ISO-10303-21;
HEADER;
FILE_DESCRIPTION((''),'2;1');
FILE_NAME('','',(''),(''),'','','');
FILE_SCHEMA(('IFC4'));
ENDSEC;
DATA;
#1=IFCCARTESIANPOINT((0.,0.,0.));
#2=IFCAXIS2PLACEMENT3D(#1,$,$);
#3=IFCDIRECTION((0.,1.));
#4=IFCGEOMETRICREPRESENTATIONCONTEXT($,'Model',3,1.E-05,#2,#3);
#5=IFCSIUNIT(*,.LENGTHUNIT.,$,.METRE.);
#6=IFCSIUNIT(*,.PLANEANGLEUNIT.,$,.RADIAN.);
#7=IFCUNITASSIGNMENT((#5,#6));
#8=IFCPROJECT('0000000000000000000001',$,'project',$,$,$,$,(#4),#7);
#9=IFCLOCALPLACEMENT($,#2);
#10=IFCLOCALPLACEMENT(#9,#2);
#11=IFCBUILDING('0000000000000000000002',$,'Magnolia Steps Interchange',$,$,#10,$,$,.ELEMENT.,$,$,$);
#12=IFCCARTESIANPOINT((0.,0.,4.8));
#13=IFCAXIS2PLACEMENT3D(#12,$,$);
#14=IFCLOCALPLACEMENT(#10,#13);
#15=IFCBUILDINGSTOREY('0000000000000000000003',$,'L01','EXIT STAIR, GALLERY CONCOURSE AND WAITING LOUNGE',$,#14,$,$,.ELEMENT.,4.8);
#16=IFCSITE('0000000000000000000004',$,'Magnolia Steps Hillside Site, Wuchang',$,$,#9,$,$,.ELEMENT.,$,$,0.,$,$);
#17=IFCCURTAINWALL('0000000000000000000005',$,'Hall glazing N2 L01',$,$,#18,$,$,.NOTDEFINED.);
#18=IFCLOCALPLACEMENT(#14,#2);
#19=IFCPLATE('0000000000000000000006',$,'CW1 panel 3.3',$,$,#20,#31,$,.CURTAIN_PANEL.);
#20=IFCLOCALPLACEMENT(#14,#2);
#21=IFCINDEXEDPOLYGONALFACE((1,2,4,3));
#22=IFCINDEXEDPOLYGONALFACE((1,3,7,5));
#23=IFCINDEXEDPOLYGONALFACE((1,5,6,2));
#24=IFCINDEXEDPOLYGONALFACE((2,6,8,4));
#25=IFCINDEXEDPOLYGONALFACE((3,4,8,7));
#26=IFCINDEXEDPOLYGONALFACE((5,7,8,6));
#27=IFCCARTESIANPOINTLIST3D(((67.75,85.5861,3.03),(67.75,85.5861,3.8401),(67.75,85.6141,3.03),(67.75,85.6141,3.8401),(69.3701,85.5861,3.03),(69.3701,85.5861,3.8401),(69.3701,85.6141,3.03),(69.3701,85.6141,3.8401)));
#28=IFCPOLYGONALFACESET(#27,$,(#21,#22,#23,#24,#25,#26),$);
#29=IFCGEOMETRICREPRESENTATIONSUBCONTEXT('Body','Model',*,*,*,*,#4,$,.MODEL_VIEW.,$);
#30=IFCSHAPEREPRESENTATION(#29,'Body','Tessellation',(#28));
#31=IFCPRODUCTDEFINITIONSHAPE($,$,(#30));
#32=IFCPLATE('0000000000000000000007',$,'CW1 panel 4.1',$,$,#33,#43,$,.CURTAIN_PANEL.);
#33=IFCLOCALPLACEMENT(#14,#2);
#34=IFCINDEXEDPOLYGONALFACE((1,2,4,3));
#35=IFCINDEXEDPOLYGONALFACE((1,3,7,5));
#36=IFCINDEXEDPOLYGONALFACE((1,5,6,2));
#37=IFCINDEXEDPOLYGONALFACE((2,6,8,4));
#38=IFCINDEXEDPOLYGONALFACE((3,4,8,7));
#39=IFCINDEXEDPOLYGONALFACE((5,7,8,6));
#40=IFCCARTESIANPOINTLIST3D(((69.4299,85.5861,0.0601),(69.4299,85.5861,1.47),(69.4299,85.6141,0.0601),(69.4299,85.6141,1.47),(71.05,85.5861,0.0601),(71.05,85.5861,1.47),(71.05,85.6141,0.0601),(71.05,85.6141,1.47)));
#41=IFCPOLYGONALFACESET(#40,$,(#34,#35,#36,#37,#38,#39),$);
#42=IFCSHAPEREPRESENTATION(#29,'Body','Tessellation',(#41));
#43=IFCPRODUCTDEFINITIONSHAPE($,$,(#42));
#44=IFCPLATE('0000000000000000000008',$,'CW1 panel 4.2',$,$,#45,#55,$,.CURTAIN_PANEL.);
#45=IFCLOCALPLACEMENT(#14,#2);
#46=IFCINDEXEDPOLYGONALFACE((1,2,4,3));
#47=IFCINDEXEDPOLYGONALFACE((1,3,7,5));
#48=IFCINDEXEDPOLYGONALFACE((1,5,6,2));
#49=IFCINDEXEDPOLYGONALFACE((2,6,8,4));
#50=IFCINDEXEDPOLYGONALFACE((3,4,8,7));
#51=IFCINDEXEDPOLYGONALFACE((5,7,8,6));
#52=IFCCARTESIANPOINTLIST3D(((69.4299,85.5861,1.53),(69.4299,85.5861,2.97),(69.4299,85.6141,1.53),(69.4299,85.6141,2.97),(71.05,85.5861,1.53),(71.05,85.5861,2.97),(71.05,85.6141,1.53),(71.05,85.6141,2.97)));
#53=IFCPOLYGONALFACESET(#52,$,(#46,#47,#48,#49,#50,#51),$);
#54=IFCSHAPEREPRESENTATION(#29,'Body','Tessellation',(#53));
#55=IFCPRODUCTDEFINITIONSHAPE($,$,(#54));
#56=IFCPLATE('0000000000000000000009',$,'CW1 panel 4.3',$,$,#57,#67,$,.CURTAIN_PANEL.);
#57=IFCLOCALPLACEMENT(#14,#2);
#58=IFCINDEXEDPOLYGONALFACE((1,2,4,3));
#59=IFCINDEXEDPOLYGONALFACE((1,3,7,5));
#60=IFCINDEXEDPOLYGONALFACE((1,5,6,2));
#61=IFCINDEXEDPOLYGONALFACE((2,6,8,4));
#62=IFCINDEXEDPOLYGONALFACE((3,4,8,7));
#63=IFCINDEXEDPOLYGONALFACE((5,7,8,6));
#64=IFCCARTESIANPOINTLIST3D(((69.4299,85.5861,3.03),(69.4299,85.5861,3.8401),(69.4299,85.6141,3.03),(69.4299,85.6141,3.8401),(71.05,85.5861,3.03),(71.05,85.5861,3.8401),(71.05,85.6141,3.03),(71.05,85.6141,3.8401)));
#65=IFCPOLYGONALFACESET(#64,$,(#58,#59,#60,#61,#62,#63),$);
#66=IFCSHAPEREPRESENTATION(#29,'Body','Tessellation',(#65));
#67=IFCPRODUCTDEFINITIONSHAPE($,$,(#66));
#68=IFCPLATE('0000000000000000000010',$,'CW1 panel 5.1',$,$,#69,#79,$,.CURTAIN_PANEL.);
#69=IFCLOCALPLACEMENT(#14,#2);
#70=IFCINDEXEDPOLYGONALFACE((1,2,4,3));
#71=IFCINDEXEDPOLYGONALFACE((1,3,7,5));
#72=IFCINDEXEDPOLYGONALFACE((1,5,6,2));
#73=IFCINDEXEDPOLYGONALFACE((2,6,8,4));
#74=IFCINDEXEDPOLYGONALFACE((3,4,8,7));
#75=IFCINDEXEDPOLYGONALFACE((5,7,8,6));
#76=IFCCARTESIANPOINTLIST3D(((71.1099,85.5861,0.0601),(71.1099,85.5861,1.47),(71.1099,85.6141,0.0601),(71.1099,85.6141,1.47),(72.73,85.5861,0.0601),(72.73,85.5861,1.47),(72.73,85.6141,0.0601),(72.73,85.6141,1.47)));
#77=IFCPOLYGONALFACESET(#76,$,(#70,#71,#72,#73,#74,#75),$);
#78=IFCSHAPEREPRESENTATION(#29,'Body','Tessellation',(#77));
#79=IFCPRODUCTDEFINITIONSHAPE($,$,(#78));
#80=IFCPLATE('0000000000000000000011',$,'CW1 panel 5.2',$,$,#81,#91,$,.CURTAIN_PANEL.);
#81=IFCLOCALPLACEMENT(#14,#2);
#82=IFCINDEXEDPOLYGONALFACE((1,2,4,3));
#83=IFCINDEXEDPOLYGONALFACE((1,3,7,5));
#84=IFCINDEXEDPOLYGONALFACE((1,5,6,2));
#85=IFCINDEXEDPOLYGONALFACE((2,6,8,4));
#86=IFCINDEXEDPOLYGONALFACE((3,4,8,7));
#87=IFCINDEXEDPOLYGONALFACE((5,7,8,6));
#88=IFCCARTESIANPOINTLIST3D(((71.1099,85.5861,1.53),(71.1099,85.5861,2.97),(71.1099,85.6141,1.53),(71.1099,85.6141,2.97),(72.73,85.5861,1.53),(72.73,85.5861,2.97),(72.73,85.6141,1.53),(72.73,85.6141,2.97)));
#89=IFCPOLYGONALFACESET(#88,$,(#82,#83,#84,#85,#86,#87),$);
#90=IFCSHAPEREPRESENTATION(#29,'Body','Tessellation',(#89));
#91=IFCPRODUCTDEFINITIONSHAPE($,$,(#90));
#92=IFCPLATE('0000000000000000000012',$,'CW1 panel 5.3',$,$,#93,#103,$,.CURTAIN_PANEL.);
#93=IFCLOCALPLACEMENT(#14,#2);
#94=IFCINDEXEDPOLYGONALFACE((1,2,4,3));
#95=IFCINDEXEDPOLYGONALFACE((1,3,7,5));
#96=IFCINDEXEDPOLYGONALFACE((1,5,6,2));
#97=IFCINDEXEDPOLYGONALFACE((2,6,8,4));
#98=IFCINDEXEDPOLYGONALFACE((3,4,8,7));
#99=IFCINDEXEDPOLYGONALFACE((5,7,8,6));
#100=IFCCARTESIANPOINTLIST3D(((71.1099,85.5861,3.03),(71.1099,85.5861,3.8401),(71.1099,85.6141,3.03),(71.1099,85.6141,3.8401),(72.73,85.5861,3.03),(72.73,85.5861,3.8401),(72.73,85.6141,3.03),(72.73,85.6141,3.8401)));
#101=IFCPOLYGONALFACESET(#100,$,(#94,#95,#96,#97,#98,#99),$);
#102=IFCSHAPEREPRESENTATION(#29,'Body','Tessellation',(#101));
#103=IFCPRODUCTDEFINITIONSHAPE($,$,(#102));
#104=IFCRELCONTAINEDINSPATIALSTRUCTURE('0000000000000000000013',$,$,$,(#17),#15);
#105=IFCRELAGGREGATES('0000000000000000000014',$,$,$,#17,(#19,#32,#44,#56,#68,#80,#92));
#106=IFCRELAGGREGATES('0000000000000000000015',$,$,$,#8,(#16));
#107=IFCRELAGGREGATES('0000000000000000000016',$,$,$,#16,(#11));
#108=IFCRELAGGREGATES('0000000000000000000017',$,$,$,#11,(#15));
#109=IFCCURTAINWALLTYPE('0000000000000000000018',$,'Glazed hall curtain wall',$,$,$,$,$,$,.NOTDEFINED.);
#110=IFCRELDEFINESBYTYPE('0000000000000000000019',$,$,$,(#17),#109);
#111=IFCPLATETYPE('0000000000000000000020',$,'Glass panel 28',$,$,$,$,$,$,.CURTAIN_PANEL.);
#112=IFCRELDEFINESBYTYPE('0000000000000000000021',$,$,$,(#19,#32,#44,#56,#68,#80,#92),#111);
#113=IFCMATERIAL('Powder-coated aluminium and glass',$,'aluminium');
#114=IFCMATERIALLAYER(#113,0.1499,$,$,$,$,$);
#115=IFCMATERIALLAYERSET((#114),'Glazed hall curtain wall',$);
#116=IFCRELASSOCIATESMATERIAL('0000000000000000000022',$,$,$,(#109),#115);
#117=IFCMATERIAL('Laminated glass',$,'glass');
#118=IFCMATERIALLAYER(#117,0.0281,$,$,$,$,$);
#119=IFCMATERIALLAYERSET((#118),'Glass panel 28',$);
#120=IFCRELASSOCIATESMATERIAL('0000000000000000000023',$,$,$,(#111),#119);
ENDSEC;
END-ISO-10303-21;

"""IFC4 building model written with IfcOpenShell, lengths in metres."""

from ifc_helpers import new_model, si_unit, direction, frame, origin, origin_2d, place, context, subcontext, project, spatial, rectangle, extrude, material, layer, layer_set, type_object, element, aggregate, save


model = new_model("IFC4")

# Units and contexts
model_context = context("Model", 3, precision=1e-05, world=origin(), true_north=direction((0.0, 1.0)))
body_context = subcontext(model_context, "Body", "Model", "MODEL_VIEW")
ifc_project = project(units=[si_unit("LENGTHUNIT", "METRE"), si_unit("PLANEANGLEUNIT", "RADIAN")], contexts=[model_context])

# Site, building, storey
site_placement = place(None, origin())
site = spatial("IfcSite", under=ifc_project, at=site_placement, Name="Magnolia Steps Hillside Site, Wuchang", CompositionType="ELEMENT", RefElevation=0.0)
building_placement = place(site_placement, origin())
building = spatial("IfcBuilding", under=site, at=building_placement, Name="Magnolia Steps Interchange", CompositionType="ELEMENT")
storey_placement = place(building_placement, frame((0.0, 0.0, 4.8)))
storey = spatial("IfcBuildingStorey", under=building, at=storey_placement, Name="L01", Description="EXIT STAIR, GALLERY CONCOURSE AND WAITING LOUNGE", CompositionType="ELEMENT", Elevation=4.8)

# Curtain wall, plates
ifc_material_1 = material(Name="Powder-coated aluminium and glass", Category="aluminium")
ifc_layer_1 = layer(ifc_material_1, 0.1499)
ifc_layer_set_1 = layer_set([ifc_layer_1], Name="Glazed hall curtain wall")
curtain_wall_type = type_object("IfcCurtainWallType", Name="Glazed hall curtain wall", PredefinedType="NOTDEFINED", material=ifc_layer_set_1)
curtain_wall_placement = place(storey_placement, origin())
curtain_wall = element("IfcCurtainWall", 1, at=curtain_wall_placement, inside=storey, type_object=curtain_wall_type, Name="Hall glazing N2 L01", PredefinedType="NOTDEFINED")
ifc_material_2 = material(Name="Laminated glass", Category="glass")
ifc_layer_2 = layer(ifc_material_2, 0.0281)
ifc_layer_set_2 = layer_set([ifc_layer_2], Name="Glass panel 28")
plate_type = type_object("IfcPlateType", Name="Glass panel 28", PredefinedType="CURTAIN_PANEL", material=ifc_layer_set_2)
plate_1_placement = place(storey_placement, frame((68.5601, 85.6001, 3.03), z_axis=(0.0, 0.0, 1.0), x_axis=(1.0, 0.0, 0.0)))
plate_1 = element("IfcPlate", 2, at=plate_1_placement, type_object=plate_type, Name="CW1 panel 3.3", PredefinedType="CURTAIN_PANEL", context=body_context, shape_type="SweptSolid", body=[
    extrude(rectangle(XDim=1.6201, YDim=0.0281, at=origin_2d()), origin(), (0.0, 0.0, 1.0), 0.8101),
])
plate_2_placement = place(storey_placement, frame((70.24, 85.6001, 0.0601), z_axis=(0.0, 0.0, 1.0), x_axis=(1.0, 0.0, 0.0)))
plate_2 = element("IfcPlate", 3, at=plate_2_placement, type_object=plate_type, Name="CW1 panel 4.1", PredefinedType="CURTAIN_PANEL", context=body_context, shape_type="SweptSolid", body=[
    extrude(rectangle(XDim=1.6201, YDim=0.0281, at=origin_2d()), origin(), (0.0, 0.0, 1.0), 1.4099),
])
plate_3_placement = place(storey_placement, frame((70.24, 85.6001, 1.53), z_axis=(0.0, 0.0, 1.0), x_axis=(1.0, 0.0, 0.0)))
plate_3 = element("IfcPlate", 4, at=plate_3_placement, type_object=plate_type, Name="CW1 panel 4.2", PredefinedType="CURTAIN_PANEL", context=body_context, shape_type="SweptSolid", body=[
    extrude(rectangle(XDim=1.6201, YDim=0.0281, at=origin_2d()), origin(), (0.0, 0.0, 1.0), 1.4399),
])
plate_4_placement = place(storey_placement, frame((70.24, 85.6001, 3.03), z_axis=(0.0, 0.0, 1.0), x_axis=(1.0, 0.0, 0.0)))
plate_4 = element("IfcPlate", 5, at=plate_4_placement, type_object=plate_type, Name="CW1 panel 4.3", PredefinedType="CURTAIN_PANEL", context=body_context, shape_type="SweptSolid", body=[
    extrude(rectangle(XDim=1.6201, YDim=0.0281, at=origin_2d()), origin(), (0.0, 0.0, 1.0), 0.8101),
])
plate_5_placement = place(storey_placement, frame((71.9199, 85.6001, 0.0601), z_axis=(0.0, 0.0, 1.0), x_axis=(1.0, 0.0, 0.0)))
plate_5 = element("IfcPlate", 6, at=plate_5_placement, type_object=plate_type, Name="CW1 panel 5.1", PredefinedType="CURTAIN_PANEL", context=body_context, shape_type="SweptSolid", body=[
    extrude(rectangle(XDim=1.6201, YDim=0.0281, at=origin_2d()), origin(), (0.0, 0.0, 1.0), 1.4099),
])
plate_6_placement = place(storey_placement, frame((71.9199, 85.6001, 1.53), z_axis=(0.0, 0.0, 1.0), x_axis=(1.0, 0.0, 0.0)))
plate_6 = element("IfcPlate", 7, at=plate_6_placement, type_object=plate_type, Name="CW1 panel 5.2", PredefinedType="CURTAIN_PANEL", context=body_context, shape_type="SweptSolid", body=[
    extrude(rectangle(XDim=1.6201, YDim=0.0281, at=origin_2d()), origin(), (0.0, 0.0, 1.0), 1.4399),
])
plate_7_placement = place(storey_placement, frame((71.9199, 85.6001, 3.03), z_axis=(0.0, 0.0, 1.0), x_axis=(1.0, 0.0, 0.0)))
plate_7 = element("IfcPlate", 8, at=plate_7_placement, type_object=plate_type, Name="CW1 panel 5.3", PredefinedType="CURTAIN_PANEL", context=body_context, shape_type="SweptSolid", body=[
    extrude(rectangle(XDim=1.6201, YDim=0.0281, at=origin_2d()), origin(), (0.0, 0.0, 1.0), 0.8101),
])
aggregate(curtain_wall, [plate_1, plate_2, plate_3, plate_4, plate_5, plate_6, plate_7])

save(model, "model.ifc")
